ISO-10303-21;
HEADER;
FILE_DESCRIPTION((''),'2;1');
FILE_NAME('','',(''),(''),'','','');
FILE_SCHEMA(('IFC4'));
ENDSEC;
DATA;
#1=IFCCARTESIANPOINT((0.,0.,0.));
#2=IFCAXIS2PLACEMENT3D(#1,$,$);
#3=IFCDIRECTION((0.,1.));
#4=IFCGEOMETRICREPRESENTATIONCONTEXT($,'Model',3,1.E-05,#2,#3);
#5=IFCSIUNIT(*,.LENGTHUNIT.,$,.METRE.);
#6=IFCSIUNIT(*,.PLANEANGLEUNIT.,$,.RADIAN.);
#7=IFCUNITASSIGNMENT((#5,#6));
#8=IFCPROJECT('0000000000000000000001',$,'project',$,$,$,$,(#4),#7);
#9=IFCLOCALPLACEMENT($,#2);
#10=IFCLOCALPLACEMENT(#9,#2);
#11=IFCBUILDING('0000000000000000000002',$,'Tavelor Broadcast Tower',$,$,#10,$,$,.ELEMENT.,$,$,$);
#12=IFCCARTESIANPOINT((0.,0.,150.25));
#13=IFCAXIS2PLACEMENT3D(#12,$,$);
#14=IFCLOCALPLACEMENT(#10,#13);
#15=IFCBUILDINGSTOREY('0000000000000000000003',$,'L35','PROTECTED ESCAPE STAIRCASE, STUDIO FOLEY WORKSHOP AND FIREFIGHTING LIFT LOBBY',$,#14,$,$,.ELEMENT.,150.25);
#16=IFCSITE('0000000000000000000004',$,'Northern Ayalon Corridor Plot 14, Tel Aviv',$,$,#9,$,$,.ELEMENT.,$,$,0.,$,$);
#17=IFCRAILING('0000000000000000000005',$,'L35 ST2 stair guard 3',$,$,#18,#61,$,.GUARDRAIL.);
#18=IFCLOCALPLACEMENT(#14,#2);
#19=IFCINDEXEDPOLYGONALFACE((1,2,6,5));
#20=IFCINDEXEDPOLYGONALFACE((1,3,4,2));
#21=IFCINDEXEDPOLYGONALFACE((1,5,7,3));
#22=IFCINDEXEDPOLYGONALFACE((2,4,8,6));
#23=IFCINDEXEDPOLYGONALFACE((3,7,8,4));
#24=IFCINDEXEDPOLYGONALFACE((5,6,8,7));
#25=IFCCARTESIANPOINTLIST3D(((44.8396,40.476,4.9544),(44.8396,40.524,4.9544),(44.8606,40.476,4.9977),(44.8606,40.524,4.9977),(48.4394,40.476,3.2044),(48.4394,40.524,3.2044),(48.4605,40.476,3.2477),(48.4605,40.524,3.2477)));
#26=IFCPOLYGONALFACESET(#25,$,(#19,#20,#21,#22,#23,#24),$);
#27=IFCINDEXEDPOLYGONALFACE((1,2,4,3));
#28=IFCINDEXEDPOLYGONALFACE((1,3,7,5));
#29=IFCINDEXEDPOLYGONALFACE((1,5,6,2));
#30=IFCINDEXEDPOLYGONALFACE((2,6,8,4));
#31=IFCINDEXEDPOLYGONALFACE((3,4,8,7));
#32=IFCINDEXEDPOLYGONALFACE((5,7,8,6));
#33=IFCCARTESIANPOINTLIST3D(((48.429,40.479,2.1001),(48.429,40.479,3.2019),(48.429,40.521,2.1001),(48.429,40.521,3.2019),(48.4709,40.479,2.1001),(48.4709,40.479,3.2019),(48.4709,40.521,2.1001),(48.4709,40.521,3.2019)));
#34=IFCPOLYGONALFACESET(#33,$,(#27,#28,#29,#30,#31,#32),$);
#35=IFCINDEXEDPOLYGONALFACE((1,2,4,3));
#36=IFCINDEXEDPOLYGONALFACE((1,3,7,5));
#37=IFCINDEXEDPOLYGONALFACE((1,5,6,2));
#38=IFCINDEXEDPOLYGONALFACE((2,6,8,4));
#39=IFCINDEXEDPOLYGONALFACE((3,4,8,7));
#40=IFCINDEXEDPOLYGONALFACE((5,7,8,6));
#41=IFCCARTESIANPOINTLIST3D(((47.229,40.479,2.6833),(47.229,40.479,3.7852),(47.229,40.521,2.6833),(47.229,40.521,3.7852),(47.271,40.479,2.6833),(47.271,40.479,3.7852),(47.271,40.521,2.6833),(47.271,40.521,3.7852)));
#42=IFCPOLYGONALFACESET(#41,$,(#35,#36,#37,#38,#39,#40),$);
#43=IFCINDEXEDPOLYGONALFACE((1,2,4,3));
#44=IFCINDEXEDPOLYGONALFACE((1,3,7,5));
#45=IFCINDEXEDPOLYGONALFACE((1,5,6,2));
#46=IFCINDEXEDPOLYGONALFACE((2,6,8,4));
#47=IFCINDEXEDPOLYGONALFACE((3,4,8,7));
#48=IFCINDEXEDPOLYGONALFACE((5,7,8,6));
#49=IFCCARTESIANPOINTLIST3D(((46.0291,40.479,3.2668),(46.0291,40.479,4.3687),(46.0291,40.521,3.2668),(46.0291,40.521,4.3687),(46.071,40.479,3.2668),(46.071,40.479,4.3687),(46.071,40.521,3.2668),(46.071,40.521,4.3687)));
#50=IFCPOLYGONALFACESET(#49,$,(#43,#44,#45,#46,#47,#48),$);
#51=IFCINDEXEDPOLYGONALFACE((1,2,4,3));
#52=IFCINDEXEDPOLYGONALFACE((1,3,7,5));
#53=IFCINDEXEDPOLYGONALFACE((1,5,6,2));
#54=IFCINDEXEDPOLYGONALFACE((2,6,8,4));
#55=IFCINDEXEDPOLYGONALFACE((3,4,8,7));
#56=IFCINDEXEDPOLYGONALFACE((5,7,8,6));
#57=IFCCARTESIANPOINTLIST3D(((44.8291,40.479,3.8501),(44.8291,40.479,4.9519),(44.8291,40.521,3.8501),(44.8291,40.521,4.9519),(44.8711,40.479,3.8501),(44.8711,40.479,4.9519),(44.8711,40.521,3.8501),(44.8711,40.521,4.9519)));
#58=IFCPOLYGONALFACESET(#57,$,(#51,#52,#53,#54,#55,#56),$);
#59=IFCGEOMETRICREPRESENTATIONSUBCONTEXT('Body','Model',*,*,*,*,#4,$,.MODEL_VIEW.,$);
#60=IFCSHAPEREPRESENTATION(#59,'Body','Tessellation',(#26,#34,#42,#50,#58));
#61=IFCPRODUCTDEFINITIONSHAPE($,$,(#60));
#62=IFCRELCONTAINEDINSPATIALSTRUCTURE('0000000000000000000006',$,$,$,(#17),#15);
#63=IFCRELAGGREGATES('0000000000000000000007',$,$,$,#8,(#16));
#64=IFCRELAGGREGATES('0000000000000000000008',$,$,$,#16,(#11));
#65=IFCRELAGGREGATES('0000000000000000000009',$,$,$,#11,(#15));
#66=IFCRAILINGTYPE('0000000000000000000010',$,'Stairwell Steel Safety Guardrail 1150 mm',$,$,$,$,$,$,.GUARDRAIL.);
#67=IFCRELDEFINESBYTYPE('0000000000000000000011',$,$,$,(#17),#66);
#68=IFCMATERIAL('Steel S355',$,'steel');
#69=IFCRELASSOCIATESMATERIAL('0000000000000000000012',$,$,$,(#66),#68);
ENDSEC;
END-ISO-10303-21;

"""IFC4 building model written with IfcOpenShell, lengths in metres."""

from ifc_helpers import new_model, si_unit, direction, frame, origin, origin_2d, place, context, subcontext, project, spatial, rectangle, extrude, material, type_object, element, save


model = new_model("IFC4")

# Units and contexts
model_context = context("Model", 3, precision=1e-05, world=origin(), true_north=direction((0.0, 1.0)))
body_context = subcontext(model_context, "Body", "Model", "MODEL_VIEW")
ifc_project = project(units=[si_unit("LENGTHUNIT", "METRE"), si_unit("PLANEANGLEUNIT", "RADIAN")], contexts=[model_context])

# Site, building, storey
site_placement = place(None, origin())
site = spatial("IfcSite", under=ifc_project, at=site_placement, Name="Northern Ayalon Corridor Plot 14, Tel Aviv", CompositionType="ELEMENT", RefElevation=0.0)
building_placement = place(site_placement, origin())
building = spatial("IfcBuilding", under=site, at=building_placement, Name="Tavelor Broadcast Tower", CompositionType="ELEMENT")
storey_placement = place(building_placement, frame((0.0, 0.0, 150.25)))
storey = spatial("IfcBuildingStorey", under=building, at=storey_placement, Name="L35", Description="PROTECTED ESCAPE STAIRCASE, STUDIO FOLEY WORKSHOP AND FIREFIGHTING LIFT LOBBY", CompositionType="ELEMENT", Elevation=150.25)

# Shared definitions
ifc_material_1 = material(Name="Steel S355", Category="steel")

# Railing
railing_type_1 = type_object("IfcRailingType", Name="Stairwell Steel Safety Guardrail 1150 mm", PredefinedType="GUARDRAIL", material=ifc_material_1)
railing_1_placement = place(storey_placement, frame((48.45, 40.5, 2.1001)))
element("IfcRailing", 1, at=railing_1_placement, inside=storey, type_object=railing_type_1, Name="L35 ST2 stair guard 3", PredefinedType="GUARDRAIL", context=body_context, shape_type="SweptSolid", body=[
    extrude(rectangle(XDim=0.0481, YDim=0.0481, at=origin_2d()), frame((0.0, 0.0, 1.126), z_axis=(-0.899361, 0.0, 0.437207), x_axis=(0.0, -1.0, 0.0)), (0.0, 0.0, 1.0), 4.0027),
    extrude(rectangle(XDim=0.042, YDim=0.042, at=origin_2d()), origin(), (0.0, 0.0, 1.0), 1.1018),
    extrude(rectangle(XDim=0.042, YDim=0.042, at=origin_2d()), frame((-1.2, 0.0, 0.5833)), (0.0, 0.0, 1.0), 1.1018),
    extrude(rectangle(XDim=0.042, YDim=0.042, at=origin_2d()), frame((-2.3999, 0.0, 1.1667)), (0.0, 0.0, 1.0), 1.1018),
    extrude(rectangle(XDim=0.042, YDim=0.042, at=origin_2d()), frame((-3.5999, 0.0, 1.75)), (0.0, 0.0, 1.0), 1.1018),
])

save(model, "model.ifc")
